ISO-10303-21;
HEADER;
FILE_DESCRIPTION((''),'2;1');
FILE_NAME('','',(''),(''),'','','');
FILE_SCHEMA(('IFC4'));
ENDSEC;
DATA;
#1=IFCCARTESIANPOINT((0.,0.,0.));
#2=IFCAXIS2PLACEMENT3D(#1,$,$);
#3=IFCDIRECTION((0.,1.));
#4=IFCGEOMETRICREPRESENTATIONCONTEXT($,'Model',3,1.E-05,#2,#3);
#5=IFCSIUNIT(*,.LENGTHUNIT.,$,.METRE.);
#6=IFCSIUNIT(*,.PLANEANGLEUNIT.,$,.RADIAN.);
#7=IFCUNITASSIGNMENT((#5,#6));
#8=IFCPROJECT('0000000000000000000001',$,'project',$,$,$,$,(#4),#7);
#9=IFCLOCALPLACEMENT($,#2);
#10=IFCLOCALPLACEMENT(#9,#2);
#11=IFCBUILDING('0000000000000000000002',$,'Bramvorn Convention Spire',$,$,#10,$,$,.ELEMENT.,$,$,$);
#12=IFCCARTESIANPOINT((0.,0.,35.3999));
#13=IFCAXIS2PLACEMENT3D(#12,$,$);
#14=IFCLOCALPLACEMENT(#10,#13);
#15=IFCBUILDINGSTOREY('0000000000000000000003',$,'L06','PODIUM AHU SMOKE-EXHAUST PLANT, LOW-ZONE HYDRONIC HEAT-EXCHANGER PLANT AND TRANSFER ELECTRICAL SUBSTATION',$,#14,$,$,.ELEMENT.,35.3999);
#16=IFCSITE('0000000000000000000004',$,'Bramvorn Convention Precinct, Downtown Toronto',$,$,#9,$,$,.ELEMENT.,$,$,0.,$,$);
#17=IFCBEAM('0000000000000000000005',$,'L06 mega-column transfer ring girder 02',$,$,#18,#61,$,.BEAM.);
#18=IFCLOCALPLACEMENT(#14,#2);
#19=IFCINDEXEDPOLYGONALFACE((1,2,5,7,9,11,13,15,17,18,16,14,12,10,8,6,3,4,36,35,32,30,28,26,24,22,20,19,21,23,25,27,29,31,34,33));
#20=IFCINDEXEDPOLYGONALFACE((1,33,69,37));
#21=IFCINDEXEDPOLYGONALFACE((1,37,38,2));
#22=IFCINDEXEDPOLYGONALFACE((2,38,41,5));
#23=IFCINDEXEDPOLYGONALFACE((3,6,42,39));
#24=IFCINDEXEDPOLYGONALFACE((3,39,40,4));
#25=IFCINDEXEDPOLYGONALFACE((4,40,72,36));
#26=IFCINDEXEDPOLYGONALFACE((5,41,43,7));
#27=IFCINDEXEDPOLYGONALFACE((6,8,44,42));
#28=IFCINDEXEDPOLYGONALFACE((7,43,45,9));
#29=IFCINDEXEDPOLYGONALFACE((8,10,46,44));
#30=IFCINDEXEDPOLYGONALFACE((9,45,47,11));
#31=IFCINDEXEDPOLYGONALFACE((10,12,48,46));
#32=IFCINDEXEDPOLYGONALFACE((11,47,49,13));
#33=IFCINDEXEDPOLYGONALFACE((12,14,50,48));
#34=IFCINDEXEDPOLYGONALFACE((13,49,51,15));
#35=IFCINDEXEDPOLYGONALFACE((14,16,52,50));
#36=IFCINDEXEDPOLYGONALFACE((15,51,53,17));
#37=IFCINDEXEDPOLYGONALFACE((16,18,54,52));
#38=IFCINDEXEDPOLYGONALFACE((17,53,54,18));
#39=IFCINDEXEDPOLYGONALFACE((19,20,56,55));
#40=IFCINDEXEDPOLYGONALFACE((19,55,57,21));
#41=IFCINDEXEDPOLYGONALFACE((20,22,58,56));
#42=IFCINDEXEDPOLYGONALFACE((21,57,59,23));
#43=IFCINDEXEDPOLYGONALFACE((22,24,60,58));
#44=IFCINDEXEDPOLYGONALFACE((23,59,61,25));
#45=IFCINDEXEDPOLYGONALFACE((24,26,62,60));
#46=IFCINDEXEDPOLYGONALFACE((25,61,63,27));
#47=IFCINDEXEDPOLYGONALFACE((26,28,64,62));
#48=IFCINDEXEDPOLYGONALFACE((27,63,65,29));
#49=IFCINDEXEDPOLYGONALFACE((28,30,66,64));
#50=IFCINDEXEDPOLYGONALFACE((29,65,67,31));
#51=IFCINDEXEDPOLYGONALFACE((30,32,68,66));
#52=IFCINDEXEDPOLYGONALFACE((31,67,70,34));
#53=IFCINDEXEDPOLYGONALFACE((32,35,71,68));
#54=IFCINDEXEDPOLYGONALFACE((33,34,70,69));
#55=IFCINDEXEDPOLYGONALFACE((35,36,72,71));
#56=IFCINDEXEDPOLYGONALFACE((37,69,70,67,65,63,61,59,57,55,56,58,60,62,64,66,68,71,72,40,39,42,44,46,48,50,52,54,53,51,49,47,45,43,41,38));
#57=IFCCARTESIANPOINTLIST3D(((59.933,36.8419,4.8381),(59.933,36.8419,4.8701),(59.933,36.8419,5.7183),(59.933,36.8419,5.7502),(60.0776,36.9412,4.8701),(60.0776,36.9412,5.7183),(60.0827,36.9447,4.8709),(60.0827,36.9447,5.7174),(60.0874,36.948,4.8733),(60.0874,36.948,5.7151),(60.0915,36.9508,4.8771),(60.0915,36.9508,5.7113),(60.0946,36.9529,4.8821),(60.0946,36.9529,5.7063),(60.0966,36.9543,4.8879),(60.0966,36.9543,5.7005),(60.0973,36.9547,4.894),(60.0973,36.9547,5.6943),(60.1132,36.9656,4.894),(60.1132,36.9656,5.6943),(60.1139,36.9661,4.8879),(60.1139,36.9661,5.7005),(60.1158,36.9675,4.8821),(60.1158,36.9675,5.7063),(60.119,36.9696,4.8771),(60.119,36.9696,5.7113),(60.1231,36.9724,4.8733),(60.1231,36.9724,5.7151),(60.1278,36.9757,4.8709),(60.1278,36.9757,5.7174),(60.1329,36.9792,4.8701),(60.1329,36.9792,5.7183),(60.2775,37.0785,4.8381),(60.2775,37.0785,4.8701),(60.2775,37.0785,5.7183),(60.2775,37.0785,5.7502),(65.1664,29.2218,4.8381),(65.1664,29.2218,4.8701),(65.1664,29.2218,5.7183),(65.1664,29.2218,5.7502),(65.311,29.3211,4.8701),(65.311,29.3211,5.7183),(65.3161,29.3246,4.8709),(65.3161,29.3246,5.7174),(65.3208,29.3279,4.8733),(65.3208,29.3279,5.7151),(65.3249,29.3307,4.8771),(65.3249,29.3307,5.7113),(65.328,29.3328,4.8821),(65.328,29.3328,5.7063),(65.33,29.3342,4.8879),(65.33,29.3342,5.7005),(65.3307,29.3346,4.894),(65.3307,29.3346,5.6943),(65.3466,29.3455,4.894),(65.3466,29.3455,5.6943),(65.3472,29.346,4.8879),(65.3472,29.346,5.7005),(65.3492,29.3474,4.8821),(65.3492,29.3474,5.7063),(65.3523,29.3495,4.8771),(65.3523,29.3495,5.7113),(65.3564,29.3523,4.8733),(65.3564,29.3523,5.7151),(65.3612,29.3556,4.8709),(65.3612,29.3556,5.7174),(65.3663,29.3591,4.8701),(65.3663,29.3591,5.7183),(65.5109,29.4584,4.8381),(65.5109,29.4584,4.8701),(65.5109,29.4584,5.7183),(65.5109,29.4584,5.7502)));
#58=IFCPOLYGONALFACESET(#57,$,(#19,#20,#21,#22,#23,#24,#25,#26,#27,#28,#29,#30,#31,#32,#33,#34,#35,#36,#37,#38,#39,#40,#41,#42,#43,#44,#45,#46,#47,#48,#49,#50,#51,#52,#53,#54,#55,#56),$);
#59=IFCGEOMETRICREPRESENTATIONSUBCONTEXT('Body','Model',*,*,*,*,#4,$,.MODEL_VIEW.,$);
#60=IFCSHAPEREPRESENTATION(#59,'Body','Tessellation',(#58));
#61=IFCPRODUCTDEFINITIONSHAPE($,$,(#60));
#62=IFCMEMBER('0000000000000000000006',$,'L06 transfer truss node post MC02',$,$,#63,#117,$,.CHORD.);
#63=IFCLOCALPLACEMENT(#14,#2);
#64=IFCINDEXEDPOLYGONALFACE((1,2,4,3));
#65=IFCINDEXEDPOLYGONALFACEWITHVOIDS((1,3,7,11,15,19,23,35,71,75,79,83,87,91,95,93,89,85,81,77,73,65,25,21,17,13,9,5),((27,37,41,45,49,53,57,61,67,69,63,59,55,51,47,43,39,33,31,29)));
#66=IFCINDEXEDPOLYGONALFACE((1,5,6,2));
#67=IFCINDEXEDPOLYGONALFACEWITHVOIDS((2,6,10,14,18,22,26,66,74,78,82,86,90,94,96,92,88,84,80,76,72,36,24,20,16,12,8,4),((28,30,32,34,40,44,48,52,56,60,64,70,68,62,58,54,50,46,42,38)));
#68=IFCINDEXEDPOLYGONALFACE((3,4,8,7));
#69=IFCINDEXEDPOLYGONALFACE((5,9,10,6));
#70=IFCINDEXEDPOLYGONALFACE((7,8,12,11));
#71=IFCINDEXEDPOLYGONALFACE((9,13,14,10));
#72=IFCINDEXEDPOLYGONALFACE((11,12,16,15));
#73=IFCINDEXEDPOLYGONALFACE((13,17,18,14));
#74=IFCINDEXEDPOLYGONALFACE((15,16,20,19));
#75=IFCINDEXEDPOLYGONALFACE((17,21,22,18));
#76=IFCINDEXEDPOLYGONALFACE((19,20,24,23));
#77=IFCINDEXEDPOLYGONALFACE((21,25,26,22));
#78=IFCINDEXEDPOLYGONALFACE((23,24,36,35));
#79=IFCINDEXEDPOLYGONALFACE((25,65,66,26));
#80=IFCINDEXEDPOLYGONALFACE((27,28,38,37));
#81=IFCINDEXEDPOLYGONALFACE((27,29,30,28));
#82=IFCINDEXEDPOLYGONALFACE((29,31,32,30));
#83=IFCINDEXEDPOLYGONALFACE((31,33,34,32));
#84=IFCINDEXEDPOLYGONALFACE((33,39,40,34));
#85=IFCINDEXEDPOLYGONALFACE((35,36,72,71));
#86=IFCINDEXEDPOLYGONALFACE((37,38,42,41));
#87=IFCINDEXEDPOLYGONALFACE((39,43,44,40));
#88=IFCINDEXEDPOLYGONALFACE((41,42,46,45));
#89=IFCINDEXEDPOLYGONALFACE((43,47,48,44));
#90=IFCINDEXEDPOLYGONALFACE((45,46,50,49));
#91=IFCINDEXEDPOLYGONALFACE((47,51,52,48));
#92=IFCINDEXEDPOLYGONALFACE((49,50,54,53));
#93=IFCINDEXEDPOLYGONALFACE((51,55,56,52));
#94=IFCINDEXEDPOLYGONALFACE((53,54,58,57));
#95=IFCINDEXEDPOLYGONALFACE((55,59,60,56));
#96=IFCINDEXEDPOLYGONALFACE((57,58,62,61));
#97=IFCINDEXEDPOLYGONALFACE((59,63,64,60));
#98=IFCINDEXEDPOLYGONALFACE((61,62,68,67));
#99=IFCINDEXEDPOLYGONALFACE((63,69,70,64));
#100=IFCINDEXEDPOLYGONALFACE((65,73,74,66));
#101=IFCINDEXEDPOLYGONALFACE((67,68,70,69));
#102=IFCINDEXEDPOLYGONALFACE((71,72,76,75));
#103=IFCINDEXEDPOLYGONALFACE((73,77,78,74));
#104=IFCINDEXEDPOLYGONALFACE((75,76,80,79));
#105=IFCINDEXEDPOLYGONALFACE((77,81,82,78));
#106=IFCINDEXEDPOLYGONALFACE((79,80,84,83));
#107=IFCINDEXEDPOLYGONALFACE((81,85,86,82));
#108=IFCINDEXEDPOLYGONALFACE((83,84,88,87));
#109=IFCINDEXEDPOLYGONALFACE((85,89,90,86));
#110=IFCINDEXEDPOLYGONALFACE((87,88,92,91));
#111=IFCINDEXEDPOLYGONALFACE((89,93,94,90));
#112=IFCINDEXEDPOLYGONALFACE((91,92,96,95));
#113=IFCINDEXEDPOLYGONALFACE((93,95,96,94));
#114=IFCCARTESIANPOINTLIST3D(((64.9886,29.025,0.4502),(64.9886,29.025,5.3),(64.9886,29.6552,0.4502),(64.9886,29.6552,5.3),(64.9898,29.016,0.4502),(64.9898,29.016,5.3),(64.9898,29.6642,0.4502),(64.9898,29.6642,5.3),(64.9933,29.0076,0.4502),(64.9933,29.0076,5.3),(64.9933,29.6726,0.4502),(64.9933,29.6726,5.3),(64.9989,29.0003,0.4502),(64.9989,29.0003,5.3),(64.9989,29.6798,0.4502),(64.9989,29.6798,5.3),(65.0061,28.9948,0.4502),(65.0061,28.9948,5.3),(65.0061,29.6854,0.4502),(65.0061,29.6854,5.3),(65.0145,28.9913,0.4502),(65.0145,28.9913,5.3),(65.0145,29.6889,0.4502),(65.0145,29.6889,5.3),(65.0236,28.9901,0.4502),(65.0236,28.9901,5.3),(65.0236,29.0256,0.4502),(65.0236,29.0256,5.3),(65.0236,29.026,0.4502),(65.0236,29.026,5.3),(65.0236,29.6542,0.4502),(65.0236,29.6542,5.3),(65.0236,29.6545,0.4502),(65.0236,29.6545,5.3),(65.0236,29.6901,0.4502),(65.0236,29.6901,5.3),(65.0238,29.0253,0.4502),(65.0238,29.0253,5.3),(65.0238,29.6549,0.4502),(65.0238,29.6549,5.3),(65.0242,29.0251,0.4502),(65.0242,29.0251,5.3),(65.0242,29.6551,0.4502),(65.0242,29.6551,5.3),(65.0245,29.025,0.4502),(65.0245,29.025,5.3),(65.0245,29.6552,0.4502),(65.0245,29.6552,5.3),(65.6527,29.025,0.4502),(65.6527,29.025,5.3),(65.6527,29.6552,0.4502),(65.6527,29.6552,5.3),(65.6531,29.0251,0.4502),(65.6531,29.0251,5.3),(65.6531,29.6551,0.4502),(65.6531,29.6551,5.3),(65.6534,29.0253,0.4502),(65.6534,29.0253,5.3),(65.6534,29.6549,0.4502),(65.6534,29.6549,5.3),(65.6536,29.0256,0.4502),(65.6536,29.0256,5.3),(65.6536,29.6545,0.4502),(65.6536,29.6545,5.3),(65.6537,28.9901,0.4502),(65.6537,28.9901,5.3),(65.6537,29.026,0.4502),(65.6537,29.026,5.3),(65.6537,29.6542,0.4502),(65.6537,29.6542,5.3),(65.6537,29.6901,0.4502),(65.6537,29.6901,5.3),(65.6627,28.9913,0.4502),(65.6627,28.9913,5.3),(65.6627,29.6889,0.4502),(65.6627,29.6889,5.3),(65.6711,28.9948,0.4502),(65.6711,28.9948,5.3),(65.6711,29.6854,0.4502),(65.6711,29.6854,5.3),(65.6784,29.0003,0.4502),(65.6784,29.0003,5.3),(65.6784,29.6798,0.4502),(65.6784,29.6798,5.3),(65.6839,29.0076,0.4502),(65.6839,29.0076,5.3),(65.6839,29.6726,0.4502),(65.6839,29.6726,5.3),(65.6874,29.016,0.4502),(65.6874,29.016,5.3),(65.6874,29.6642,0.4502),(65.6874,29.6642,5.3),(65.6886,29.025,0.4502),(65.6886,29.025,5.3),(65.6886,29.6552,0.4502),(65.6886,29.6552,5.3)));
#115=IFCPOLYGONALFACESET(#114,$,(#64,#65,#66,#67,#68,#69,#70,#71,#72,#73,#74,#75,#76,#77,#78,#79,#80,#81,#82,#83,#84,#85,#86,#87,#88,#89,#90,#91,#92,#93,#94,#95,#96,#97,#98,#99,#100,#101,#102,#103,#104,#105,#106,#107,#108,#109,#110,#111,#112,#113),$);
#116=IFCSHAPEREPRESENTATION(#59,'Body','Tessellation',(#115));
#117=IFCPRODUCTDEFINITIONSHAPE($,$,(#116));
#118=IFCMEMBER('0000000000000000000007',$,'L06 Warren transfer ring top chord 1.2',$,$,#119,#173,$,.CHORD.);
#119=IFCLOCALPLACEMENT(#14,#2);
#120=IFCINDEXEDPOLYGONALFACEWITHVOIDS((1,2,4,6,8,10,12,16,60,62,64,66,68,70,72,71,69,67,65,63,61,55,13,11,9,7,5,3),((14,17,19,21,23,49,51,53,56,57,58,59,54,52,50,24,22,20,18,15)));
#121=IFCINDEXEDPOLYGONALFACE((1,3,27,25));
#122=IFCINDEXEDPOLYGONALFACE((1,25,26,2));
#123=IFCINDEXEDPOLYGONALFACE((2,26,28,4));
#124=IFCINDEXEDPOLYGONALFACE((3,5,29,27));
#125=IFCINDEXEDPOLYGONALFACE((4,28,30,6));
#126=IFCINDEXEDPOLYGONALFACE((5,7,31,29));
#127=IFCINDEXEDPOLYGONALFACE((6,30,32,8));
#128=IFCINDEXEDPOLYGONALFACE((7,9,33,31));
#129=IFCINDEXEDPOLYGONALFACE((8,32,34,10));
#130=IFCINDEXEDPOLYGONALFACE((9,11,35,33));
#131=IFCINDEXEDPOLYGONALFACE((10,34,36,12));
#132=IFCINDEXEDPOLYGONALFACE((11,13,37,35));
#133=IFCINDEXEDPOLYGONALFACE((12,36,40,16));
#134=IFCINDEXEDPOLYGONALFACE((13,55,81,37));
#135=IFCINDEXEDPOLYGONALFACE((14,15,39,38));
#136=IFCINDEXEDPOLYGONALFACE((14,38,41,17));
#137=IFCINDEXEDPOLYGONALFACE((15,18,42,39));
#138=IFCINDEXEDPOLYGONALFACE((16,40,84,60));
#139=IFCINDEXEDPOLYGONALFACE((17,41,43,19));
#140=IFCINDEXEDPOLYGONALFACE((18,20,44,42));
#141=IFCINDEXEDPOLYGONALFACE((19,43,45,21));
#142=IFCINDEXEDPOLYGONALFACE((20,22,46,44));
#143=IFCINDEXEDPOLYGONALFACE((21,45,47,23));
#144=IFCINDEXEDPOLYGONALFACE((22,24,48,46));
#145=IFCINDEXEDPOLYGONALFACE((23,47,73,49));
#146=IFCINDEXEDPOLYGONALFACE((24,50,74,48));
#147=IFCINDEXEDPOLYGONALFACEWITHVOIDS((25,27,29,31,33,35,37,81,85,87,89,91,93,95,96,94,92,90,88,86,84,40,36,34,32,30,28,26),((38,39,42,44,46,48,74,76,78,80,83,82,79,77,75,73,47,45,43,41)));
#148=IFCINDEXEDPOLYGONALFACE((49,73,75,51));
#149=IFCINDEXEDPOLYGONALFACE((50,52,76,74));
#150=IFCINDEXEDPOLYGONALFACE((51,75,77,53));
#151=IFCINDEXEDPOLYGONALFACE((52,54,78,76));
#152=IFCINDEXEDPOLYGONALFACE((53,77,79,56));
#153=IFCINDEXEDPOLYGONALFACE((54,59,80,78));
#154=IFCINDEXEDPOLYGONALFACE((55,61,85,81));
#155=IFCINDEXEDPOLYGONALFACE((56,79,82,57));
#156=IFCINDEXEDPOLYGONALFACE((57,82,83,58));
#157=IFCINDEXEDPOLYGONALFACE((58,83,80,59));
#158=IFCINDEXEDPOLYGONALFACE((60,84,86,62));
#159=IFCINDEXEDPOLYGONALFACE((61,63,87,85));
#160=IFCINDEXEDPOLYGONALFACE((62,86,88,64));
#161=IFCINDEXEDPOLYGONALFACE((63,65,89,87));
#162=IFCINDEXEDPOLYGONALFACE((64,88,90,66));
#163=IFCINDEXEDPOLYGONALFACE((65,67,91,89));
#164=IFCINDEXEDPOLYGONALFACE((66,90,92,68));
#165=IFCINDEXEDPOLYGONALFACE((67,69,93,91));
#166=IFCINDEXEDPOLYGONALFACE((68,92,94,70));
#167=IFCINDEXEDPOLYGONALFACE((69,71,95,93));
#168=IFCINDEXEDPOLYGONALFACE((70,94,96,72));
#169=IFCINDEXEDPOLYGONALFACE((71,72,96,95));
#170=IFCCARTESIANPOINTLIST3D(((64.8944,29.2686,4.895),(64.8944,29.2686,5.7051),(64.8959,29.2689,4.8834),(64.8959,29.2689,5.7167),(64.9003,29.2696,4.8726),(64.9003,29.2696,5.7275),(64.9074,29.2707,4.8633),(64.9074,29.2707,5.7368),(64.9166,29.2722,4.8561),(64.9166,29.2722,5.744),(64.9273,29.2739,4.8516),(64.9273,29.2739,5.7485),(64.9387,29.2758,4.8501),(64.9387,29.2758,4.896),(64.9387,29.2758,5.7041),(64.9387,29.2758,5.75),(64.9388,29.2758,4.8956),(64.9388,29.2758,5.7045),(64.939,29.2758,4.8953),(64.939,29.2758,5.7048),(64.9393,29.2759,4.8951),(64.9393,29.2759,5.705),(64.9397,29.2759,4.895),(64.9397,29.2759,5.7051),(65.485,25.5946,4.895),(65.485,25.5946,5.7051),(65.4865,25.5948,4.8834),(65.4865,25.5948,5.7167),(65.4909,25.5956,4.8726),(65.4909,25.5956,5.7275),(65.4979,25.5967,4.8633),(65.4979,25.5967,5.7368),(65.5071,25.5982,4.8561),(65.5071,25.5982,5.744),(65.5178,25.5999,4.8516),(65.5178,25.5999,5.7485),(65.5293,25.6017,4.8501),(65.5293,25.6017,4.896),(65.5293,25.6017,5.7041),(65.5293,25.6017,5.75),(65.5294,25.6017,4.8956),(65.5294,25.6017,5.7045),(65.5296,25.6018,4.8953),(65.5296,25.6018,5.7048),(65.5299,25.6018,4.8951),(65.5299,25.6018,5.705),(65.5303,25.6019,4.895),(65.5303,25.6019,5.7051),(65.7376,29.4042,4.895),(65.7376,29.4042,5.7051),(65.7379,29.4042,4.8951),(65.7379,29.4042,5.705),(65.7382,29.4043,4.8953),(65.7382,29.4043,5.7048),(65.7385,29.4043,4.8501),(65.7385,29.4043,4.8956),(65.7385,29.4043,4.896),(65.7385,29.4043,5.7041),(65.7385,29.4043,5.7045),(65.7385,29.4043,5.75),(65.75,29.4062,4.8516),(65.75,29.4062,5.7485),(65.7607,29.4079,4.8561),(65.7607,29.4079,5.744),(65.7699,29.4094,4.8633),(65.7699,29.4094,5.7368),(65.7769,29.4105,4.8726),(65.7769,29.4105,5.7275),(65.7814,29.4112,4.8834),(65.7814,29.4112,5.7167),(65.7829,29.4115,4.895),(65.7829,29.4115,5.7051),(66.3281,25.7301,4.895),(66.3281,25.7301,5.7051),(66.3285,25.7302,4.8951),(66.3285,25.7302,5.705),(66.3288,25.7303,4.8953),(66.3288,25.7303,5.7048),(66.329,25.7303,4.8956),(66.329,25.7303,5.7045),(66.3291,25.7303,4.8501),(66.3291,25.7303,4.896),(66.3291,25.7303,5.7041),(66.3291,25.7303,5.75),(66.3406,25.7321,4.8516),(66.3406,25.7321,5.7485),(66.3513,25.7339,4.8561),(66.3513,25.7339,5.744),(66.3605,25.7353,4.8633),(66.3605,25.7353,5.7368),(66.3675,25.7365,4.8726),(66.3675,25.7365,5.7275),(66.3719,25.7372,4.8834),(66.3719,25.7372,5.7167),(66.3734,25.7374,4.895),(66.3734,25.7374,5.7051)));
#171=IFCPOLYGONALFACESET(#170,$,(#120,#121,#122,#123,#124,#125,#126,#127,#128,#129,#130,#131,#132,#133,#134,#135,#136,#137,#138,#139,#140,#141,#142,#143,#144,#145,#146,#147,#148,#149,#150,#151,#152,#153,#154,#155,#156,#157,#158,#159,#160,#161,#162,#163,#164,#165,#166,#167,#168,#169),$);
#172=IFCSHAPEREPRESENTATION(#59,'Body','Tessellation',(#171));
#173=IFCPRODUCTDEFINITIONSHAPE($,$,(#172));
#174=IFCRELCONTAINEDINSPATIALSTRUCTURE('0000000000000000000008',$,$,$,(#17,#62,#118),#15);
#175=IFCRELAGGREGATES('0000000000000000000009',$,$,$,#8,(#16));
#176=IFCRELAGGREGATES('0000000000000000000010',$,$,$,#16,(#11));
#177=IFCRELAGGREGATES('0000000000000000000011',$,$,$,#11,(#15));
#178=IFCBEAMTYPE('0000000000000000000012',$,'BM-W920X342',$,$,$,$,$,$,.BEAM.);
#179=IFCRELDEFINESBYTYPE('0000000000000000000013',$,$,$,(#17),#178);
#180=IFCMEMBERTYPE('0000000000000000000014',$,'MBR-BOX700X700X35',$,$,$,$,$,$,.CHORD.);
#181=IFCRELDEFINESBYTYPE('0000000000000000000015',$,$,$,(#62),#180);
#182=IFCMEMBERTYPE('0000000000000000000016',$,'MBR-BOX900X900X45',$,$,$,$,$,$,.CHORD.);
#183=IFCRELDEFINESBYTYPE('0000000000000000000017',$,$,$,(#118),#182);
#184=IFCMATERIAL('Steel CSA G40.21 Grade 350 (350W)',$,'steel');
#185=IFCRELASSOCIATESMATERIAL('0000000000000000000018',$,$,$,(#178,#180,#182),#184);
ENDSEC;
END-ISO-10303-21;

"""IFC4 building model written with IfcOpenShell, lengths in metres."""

from ifc_helpers import new_model, si_unit, direction, frame, origin, origin_2d, place, context, subcontext, project, spatial, hollow_rectangle, i_section, extrude, material, material_profile, profile_set, type_object, element, save


model = new_model("IFC4")

# Units and contexts
model_context = context("Model", 3, precision=1e-05, world=origin(), true_north=direction((0.0, 1.0)))
body_context = subcontext(model_context, "Body", "Model", "MODEL_VIEW")
ifc_project = project(units=[si_unit("LENGTHUNIT", "METRE"), si_unit("PLANEANGLEUNIT", "RADIAN")], contexts=[model_context])

# Site, building, storey
site_placement = place(None, origin())
site = spatial("IfcSite", under=ifc_project, at=site_placement, Name="Bramvorn Convention Precinct, Downtown Toronto", CompositionType="ELEMENT", RefElevation=0.0)
building_placement = place(site_placement, origin())
building = spatial("IfcBuilding", under=site, at=building_placement, Name="Bramvorn Convention Spire", CompositionType="ELEMENT")
storey_placement = place(building_placement, frame((0.0, 0.0, 35.3999)))
storey = spatial("IfcBuildingStorey", under=building, at=storey_placement, Name="L06", Description="PODIUM AHU SMOKE-EXHAUST PLANT, LOW-ZONE HYDRONIC HEAT-EXCHANGER PLANT AND TRANSFER ELECTRICAL SUBSTATION", CompositionType="ELEMENT", Elevation=35.3999)

# Shared definitions
ifc_material_1 = material(Name="Steel CSA G40.21 Grade 350 (350W)", Category="steel")

# Beam
ifc_material_profile_1 = material_profile(ifc_material_1, i_section(OverallWidth=0.418, OverallDepth=0.9121, WebThickness=0.0193, FlangeThickness=0.032, FilletRadius=0.0239, at=origin_2d()))
ifc_profile_set_1 = profile_set([ifc_material_profile_1], Name="Steel CSA G40.21 Grade 350 (350W) - W920X342")
beam_type_1 = type_object("IfcBeamType", Name="BM-W920X342", PredefinedType="BEAM", material=ifc_profile_set_1)
beam_1_placement = place(storey_placement, frame((65.3386, 29.3401, 5.2942), z_axis=(-0.56613, 0.824316, 0.0), x_axis=(-0.824316, -0.56613, 0.0)))
element("IfcBeam", 1, at=beam_1_placement, inside=storey, type_object=beam_type_1, Name="L06 mega-column transfer ring girder 02", PredefinedType="BEAM", context=body_context, shape_type="SweptSolid", body=[
    extrude(i_section(OverallWidth=0.418, OverallDepth=0.9121, WebThickness=0.0193, FlangeThickness=0.032, FilletRadius=0.0239, at=origin_2d()), origin(), (0.0, 0.0, 1.0), 9.2441),
])

# Members
ifc_material_profile_2 = material_profile(ifc_material_1, hollow_rectangle(XDim=0.7, YDim=0.7, WallThickness=0.0349, InnerFilletRadius=0.001, OuterFilletRadius=0.0349, at=origin_2d()))
ifc_profile_set_2 = profile_set([ifc_material_profile_2], Name="Steel CSA G40.21 Grade 350 (350W) - BOX700X700X35")
member_type_1 = type_object("IfcMemberType", Name="MBR-BOX700X700X35", PredefinedType="CHORD", material=ifc_profile_set_2)
member_1_placement = place(storey_placement, frame((65.3386, 29.3401, 0.4502), z_axis=(0.0, 0.0, 1.0), x_axis=(1.0, 0.0, 0.0)))
element("IfcMember", 2, at=member_1_placement, inside=storey, type_object=member_type_1, Name="L06 transfer truss node post MC02", PredefinedType="CHORD", context=body_context, shape_type="SweptSolid", body=[
    extrude(hollow_rectangle(XDim=0.7, YDim=0.7, WallThickness=0.0349, InnerFilletRadius=0.001, OuterFilletRadius=0.0349, at=origin_2d()), origin(), (0.0, 0.0, 1.0), 4.8499),
])
ifc_material_profile_3 = material_profile(ifc_material_1, hollow_rectangle(XDim=0.8999, YDim=0.8999, WallThickness=0.0449, InnerFilletRadius=0.001, OuterFilletRadius=0.0449, at=origin_2d()))
ifc_profile_set_3 = profile_set([ifc_material_profile_3], Name="Steel CSA G40.21 Grade 350 (350W) - BOX900X900X45")
member_type_2 = type_object("IfcMemberType", Name="MBR-BOX900X900X45", PredefinedType="CHORD", material=ifc_profile_set_3)
for number, where, z_axis, x_axis, name in (
    (3, (65.9292, 25.666, 5.3), (-0.158704, 0.987326, 0.0), (-0.987326, -0.158704, 0.0), "L06 Warren transfer ring top chord 1.2"),
):
    element("IfcMember", number, at=place(storey_placement, frame(where, z_axis=z_axis, x_axis=x_axis)), inside=storey, type_object=member_type_2, Name=name, PredefinedType="CHORD", context=body_context, shape_type="SweptSolid", body=[
        extrude(hollow_rectangle(XDim=0.8999, YDim=0.8999, WallThickness=0.0449, InnerFilletRadius=0.001, OuterFilletRadius=0.0449, at=origin_2d()), origin(), (0.0, 0.0, 1.0), 3.7212),
    ])

save(model, "model.ifc")
